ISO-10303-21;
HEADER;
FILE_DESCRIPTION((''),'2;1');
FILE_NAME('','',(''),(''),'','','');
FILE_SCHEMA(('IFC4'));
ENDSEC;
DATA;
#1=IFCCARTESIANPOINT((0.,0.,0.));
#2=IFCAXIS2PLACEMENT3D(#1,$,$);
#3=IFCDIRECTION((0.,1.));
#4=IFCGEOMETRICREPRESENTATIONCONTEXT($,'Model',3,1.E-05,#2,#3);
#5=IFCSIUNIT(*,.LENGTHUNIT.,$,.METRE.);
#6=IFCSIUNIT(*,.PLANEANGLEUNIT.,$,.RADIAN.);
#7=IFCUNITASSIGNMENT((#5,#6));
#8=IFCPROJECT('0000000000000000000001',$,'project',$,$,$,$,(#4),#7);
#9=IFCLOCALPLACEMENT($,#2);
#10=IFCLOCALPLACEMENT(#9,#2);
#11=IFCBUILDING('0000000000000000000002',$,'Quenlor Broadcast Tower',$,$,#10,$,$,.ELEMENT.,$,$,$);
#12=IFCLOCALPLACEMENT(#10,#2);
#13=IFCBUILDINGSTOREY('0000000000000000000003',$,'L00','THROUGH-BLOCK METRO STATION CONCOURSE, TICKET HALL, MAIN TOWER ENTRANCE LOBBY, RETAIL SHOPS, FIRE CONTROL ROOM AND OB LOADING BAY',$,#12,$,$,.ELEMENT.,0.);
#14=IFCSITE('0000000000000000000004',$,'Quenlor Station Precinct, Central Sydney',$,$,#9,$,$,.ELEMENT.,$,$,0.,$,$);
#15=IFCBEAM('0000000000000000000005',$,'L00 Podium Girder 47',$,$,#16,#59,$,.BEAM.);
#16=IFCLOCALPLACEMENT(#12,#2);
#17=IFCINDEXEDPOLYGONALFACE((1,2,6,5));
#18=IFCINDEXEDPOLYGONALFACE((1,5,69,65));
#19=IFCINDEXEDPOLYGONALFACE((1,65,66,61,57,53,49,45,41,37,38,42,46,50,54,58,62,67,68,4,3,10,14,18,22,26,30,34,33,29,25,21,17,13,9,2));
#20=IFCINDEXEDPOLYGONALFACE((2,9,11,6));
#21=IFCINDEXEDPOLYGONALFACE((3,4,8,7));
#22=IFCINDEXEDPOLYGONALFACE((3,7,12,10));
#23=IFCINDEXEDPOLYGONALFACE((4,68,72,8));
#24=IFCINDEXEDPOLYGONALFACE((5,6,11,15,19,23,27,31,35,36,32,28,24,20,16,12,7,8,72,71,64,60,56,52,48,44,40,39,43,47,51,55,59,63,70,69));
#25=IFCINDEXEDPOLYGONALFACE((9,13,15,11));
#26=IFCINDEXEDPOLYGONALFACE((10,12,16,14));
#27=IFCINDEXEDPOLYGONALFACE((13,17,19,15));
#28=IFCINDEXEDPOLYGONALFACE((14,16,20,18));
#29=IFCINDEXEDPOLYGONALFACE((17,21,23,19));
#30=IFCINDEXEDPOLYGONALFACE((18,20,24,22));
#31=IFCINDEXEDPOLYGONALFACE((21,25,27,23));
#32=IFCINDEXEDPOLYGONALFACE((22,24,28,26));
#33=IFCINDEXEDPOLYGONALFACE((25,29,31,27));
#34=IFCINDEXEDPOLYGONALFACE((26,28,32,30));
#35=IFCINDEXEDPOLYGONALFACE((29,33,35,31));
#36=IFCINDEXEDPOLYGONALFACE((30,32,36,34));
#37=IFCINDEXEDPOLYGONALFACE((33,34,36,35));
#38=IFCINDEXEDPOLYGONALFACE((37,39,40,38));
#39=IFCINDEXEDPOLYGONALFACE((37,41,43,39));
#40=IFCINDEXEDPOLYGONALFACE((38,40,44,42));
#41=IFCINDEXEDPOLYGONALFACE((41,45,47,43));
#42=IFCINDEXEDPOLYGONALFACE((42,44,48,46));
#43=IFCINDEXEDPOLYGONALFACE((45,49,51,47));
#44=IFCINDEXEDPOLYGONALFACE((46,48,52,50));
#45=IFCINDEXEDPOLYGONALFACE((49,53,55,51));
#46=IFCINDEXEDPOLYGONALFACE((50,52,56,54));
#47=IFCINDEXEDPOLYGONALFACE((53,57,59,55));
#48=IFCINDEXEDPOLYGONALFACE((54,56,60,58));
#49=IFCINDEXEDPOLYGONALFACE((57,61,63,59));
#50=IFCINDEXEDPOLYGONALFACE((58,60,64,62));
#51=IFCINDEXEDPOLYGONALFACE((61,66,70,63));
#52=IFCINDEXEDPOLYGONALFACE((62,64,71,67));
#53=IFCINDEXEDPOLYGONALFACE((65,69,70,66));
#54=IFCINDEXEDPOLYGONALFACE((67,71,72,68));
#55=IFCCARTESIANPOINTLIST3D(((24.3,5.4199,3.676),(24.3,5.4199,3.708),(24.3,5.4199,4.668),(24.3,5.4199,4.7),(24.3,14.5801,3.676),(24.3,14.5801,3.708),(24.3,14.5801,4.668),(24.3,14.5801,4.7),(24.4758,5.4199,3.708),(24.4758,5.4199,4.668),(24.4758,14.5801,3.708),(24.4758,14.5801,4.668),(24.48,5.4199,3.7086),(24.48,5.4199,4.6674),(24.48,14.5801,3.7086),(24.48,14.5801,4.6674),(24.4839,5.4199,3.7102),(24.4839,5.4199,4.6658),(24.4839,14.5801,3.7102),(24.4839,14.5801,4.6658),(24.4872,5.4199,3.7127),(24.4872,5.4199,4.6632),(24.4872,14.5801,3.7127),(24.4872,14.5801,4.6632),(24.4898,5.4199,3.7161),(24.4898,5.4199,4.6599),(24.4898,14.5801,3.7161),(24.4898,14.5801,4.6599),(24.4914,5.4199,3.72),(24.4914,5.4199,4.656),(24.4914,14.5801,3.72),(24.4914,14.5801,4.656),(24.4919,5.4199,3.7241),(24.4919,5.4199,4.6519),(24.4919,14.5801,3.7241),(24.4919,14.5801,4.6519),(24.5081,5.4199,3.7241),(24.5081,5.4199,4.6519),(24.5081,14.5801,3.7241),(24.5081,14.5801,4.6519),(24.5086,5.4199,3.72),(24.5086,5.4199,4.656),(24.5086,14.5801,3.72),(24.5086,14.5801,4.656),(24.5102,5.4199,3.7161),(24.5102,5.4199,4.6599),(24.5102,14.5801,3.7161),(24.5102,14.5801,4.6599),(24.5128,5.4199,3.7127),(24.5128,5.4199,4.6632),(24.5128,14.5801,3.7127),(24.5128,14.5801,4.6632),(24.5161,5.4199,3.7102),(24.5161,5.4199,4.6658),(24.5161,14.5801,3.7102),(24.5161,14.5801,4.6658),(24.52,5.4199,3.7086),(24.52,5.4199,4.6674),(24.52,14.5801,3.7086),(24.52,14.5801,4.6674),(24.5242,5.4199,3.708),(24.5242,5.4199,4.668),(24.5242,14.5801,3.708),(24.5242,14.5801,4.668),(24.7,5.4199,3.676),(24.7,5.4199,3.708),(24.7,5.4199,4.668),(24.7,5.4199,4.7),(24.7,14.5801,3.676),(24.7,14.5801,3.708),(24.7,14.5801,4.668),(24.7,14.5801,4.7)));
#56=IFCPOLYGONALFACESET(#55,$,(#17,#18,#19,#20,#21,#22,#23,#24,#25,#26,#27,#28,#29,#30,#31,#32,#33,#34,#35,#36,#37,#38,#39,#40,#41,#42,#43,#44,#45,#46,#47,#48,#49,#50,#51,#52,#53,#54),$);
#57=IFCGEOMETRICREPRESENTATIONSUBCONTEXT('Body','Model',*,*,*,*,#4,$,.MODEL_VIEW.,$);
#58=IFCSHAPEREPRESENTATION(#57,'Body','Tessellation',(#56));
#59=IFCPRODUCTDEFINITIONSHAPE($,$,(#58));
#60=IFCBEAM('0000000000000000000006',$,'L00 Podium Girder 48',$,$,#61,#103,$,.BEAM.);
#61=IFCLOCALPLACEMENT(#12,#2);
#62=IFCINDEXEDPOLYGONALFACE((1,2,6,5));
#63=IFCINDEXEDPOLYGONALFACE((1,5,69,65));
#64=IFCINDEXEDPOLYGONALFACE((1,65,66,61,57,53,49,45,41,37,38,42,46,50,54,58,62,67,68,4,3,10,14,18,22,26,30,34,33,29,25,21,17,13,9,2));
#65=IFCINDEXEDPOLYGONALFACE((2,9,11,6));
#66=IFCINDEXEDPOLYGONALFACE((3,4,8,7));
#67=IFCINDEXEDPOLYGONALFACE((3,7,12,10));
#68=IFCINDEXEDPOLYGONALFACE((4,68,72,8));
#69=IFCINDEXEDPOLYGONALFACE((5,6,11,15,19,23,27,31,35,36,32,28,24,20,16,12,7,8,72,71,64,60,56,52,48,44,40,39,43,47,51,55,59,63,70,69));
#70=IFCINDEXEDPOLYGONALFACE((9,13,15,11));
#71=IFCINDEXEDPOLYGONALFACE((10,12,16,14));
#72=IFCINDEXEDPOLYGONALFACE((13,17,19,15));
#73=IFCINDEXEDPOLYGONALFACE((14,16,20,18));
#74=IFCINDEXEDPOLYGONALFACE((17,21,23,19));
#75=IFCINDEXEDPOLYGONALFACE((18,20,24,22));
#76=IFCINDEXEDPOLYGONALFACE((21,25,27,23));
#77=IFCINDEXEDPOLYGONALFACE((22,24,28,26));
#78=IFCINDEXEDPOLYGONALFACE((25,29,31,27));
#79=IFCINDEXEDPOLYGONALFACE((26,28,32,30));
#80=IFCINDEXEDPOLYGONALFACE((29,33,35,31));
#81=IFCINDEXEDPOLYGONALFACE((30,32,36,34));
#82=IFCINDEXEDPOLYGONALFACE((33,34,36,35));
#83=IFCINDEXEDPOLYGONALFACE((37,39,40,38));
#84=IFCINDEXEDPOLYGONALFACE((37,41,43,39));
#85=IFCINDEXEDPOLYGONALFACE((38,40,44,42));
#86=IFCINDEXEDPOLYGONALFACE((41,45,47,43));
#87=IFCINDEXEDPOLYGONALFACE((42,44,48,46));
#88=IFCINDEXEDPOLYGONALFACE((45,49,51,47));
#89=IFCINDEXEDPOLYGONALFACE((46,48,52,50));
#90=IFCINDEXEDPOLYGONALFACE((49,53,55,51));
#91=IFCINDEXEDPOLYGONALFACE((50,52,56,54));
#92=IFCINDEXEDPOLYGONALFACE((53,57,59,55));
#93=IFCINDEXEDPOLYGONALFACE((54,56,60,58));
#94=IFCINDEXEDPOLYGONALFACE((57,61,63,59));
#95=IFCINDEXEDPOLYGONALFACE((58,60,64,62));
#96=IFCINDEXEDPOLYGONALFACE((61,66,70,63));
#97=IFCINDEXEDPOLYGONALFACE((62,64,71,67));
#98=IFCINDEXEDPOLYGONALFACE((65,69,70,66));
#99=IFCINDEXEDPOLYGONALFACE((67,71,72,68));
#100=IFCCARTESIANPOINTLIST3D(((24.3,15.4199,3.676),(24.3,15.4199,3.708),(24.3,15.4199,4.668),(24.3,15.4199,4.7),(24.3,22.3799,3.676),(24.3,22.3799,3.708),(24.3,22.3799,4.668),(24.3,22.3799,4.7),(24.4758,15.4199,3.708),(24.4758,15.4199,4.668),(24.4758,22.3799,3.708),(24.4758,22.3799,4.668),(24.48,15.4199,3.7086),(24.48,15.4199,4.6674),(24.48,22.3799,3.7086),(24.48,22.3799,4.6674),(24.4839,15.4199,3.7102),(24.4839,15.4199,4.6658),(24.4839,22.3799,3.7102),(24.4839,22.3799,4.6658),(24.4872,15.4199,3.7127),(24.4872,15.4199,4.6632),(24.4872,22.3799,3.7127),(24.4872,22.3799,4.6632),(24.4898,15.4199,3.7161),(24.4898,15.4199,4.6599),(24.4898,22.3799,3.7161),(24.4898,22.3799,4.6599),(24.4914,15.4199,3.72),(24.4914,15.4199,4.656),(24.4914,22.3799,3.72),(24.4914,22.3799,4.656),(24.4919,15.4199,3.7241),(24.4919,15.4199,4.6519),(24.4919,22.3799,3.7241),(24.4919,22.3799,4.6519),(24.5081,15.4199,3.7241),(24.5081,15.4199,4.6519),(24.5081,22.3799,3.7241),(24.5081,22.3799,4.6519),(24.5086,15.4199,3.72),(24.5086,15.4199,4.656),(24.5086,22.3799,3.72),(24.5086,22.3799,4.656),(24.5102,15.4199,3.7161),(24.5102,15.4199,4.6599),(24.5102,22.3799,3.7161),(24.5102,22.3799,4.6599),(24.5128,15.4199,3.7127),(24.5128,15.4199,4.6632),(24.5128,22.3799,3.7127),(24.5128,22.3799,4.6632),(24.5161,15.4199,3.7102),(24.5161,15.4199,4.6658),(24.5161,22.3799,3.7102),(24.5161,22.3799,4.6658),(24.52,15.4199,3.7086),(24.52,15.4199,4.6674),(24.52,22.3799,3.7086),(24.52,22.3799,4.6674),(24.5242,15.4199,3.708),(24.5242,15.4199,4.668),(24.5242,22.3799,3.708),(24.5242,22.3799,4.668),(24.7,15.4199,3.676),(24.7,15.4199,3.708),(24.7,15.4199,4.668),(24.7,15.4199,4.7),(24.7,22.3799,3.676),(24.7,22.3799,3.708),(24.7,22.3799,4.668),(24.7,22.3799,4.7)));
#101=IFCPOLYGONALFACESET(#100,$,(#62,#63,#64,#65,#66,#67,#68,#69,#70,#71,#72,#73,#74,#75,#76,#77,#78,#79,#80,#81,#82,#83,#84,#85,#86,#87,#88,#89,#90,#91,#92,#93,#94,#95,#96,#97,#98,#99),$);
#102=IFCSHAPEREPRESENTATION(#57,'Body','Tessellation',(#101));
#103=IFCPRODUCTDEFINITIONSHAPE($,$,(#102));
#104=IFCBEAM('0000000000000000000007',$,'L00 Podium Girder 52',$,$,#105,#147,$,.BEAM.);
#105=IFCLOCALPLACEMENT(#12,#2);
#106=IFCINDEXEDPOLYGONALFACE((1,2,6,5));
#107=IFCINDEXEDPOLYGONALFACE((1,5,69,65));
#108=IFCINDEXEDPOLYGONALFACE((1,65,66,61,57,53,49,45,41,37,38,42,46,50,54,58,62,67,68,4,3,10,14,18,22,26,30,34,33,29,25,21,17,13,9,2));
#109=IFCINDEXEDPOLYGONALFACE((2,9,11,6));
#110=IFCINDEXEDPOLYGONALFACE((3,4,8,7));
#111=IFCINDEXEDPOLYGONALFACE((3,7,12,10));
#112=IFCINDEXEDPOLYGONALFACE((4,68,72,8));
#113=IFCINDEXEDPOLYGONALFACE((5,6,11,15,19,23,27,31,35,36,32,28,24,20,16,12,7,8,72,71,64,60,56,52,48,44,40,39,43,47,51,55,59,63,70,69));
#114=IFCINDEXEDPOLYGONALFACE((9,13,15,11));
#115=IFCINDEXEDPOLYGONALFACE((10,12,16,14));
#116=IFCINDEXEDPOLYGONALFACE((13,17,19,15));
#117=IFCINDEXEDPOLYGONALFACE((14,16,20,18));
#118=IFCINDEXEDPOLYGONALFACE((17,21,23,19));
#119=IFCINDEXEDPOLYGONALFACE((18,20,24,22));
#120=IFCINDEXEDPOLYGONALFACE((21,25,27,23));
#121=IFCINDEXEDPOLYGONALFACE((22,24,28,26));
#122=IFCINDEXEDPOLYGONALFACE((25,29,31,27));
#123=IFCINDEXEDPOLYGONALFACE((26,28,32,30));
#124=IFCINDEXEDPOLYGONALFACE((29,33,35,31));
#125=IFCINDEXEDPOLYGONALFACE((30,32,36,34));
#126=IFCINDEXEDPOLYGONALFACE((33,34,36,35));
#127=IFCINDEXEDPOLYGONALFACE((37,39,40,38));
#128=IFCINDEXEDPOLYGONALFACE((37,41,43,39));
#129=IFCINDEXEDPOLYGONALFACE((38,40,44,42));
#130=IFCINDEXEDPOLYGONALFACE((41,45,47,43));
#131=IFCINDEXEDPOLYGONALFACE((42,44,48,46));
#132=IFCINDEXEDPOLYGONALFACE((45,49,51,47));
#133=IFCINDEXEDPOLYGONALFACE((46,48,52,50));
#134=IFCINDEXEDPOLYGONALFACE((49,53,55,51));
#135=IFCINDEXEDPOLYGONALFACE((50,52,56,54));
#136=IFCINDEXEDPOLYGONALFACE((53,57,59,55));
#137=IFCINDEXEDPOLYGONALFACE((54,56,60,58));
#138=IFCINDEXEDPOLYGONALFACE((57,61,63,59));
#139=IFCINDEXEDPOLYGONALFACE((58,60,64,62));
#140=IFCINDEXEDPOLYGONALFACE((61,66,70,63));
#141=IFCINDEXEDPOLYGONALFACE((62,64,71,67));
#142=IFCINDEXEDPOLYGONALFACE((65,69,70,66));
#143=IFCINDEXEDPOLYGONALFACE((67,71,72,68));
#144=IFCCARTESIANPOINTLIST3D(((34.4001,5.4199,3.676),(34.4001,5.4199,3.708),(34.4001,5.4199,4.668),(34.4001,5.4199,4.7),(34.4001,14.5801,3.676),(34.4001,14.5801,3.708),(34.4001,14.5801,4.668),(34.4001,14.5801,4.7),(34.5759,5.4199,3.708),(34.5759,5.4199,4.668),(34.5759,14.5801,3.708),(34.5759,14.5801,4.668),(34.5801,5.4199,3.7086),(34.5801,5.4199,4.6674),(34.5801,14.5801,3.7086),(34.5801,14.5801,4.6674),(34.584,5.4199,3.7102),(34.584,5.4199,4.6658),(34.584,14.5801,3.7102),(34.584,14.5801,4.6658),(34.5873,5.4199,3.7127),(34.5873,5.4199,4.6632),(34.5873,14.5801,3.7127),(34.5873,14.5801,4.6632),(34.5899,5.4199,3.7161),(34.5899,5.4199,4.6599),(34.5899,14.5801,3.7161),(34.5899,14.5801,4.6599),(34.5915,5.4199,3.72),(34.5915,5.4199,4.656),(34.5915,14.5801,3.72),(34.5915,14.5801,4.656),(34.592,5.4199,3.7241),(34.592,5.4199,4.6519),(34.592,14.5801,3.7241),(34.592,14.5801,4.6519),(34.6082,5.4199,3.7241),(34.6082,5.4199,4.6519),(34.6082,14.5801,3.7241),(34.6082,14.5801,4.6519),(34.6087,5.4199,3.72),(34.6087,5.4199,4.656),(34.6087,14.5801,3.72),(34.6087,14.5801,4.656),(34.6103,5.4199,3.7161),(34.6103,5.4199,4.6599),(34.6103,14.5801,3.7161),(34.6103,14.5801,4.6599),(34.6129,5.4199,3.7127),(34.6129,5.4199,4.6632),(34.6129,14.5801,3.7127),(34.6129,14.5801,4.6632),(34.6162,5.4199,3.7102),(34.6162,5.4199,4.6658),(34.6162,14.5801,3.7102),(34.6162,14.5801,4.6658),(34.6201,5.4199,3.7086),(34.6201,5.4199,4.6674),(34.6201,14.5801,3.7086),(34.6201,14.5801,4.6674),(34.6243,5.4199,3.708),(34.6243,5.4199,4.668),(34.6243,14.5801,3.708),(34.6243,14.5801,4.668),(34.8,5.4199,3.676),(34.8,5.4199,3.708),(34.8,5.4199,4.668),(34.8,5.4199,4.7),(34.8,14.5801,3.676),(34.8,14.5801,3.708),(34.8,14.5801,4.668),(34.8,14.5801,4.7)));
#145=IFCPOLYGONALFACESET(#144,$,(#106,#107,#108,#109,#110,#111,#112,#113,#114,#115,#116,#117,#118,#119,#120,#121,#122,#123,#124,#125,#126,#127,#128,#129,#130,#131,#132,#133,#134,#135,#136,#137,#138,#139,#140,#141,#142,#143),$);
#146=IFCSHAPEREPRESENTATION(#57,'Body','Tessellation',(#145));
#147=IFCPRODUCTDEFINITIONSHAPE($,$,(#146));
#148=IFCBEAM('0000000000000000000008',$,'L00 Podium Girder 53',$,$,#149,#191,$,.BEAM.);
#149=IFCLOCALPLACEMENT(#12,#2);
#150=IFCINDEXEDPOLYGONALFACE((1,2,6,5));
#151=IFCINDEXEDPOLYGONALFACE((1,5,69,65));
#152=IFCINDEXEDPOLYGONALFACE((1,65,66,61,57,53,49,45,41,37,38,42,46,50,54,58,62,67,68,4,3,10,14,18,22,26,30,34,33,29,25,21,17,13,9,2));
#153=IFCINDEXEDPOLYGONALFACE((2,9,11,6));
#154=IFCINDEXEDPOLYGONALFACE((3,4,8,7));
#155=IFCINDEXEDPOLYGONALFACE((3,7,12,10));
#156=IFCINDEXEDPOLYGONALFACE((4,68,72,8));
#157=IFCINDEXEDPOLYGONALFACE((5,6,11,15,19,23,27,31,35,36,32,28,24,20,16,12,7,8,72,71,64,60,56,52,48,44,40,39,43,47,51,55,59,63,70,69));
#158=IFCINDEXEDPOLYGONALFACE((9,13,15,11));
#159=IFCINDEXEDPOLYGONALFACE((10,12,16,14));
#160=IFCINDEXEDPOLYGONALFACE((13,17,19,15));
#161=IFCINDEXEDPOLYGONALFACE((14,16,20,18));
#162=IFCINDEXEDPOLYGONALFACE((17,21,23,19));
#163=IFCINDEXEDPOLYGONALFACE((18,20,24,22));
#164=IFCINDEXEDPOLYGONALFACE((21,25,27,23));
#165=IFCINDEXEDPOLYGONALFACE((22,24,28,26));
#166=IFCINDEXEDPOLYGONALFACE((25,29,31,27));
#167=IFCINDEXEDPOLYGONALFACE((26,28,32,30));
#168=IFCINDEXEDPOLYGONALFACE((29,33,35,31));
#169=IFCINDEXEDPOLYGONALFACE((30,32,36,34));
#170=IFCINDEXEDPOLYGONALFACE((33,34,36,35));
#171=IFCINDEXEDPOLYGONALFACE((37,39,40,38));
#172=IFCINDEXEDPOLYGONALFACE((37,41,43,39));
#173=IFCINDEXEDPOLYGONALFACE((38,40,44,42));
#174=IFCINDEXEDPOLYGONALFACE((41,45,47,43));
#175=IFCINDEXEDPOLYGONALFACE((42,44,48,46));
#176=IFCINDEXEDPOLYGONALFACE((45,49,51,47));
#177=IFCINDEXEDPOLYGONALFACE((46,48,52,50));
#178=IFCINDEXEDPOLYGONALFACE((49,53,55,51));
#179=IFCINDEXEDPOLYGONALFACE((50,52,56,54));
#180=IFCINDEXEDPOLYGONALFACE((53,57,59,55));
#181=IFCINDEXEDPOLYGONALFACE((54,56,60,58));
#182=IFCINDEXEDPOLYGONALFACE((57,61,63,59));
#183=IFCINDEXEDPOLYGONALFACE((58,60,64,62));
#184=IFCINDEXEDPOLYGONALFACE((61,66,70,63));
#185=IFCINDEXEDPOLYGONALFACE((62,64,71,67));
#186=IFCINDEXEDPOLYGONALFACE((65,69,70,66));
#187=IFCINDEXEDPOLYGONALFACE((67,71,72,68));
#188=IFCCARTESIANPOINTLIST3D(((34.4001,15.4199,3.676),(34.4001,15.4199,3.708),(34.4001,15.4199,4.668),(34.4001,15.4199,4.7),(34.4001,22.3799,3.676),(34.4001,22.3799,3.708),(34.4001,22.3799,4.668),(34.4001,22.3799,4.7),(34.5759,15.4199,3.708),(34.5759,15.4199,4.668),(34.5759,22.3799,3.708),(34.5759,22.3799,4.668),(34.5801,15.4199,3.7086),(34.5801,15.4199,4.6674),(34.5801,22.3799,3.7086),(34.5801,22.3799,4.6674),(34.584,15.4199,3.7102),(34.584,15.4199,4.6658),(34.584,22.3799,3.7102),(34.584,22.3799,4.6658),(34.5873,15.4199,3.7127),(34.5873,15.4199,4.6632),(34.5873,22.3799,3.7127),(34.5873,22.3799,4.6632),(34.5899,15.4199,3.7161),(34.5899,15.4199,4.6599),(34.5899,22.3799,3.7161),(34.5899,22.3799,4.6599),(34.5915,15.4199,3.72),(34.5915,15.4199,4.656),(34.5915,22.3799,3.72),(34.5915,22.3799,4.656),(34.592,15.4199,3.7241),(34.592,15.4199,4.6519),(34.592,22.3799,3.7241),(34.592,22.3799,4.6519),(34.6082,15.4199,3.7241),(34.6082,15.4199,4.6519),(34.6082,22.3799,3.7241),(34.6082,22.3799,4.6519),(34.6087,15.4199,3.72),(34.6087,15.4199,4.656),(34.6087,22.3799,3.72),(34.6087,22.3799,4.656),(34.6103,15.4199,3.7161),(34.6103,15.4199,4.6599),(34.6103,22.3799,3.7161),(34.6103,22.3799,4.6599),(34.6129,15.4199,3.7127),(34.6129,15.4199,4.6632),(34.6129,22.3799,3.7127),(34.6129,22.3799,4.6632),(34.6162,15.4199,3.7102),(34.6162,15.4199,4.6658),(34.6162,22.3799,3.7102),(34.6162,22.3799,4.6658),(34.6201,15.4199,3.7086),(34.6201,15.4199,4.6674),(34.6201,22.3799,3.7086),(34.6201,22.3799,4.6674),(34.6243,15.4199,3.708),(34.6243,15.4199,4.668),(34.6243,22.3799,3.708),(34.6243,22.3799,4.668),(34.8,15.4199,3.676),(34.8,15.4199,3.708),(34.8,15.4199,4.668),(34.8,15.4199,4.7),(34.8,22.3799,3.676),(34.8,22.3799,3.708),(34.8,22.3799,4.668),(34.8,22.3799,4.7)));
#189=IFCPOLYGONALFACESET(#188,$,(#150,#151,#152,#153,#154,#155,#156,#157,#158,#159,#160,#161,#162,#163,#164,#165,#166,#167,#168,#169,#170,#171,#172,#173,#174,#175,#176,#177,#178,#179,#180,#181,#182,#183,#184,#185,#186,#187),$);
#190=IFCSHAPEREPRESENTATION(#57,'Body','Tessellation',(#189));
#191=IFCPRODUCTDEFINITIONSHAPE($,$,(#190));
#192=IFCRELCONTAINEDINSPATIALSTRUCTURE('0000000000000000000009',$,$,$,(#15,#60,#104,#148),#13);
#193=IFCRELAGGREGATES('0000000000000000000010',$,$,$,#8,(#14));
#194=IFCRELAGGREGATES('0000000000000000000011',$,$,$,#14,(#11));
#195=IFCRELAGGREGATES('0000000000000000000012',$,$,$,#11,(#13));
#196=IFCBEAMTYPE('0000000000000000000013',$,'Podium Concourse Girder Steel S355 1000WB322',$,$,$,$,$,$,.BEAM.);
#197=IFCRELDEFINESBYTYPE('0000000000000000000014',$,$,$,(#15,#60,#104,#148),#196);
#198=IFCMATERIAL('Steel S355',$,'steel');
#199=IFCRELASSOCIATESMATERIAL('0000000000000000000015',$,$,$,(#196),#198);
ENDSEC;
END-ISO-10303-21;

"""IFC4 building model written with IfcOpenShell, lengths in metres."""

from ifc_helpers import new_model, si_unit, direction, frame, origin, origin_2d, place, context, subcontext, project, spatial, i_section, extrude, material, material_profile, profile_set, type_object, element, save


model = new_model("IFC4")

# Units and contexts
model_context = context("Model", 3, precision=1e-05, world=origin(), true_north=direction((0.0, 1.0)))
body_context = subcontext(model_context, "Body", "Model", "MODEL_VIEW")
ifc_project = project(units=[si_unit("LENGTHUNIT", "METRE"), si_unit("PLANEANGLEUNIT", "RADIAN")], contexts=[model_context])

# Site, building, storey
site_placement = place(None, origin())
site = spatial("IfcSite", under=ifc_project, at=site_placement, Name="Quenlor Station Precinct, Central Sydney", CompositionType="ELEMENT", RefElevation=0.0)
building_placement = place(site_placement, origin())
building = spatial("IfcBuilding", under=site, at=building_placement, Name="Quenlor Broadcast Tower", CompositionType="ELEMENT")
storey_placement = place(building_placement, origin())
storey = spatial("IfcBuildingStorey", under=building, at=storey_placement, Name="L00", Description="THROUGH-BLOCK METRO STATION CONCOURSE, TICKET HALL, MAIN TOWER ENTRANCE LOBBY, RETAIL SHOPS, FIRE CONTROL ROOM AND OB LOADING BAY", CompositionType="ELEMENT", Elevation=0.0)

# Beams
ifc_material_1 = material(Name="Steel S355", Category="steel")
ifc_material_profile_1 = material_profile(ifc_material_1, i_section(OverallWidth=0.3999, OverallDepth=1.0239, WebThickness=0.0161, FlangeThickness=0.032, FilletRadius=0.0161, at=origin_2d()))
ifc_profile_set_1 = profile_set([ifc_material_profile_1], Name="Steel S355 1000WB322")
beam_type_1 = type_object("IfcBeamType", Name="Podium Concourse Girder Steel S355 1000WB322", PredefinedType="BEAM", material=ifc_profile_set_1)
beam_1_placement = place(storey_placement, frame((24.5, 5.4199, 4.188), z_axis=(0.0, 1.0, 0.0), x_axis=(-1.0, 0.0, 0.0)))
element("IfcBeam", 1, at=beam_1_placement, inside=storey, type_object=beam_type_1, Name="L00 Podium Girder 47", PredefinedType="BEAM", context=body_context, shape_type="SweptSolid", body=[
    extrude(i_section(OverallWidth=0.3999, OverallDepth=1.0239, WebThickness=0.0161, FlangeThickness=0.032, FilletRadius=0.0161, at=origin_2d()), origin(), (0.0, 0.0, 1.0), 9.1602),
])
beam_2_placement = place(storey_placement, frame((24.5, 15.4199, 4.188), z_axis=(0.0, 1.0, 0.0), x_axis=(-1.0, 0.0, 0.0)))
element("IfcBeam", 2, at=beam_2_placement, inside=storey, type_object=beam_type_1, Name="L00 Podium Girder 48", PredefinedType="BEAM", context=body_context, shape_type="SweptSolid", body=[
    extrude(i_section(OverallWidth=0.3999, OverallDepth=1.0239, WebThickness=0.0161, FlangeThickness=0.032, FilletRadius=0.0161, at=origin_2d()), origin(), (0.0, 0.0, 1.0), 6.96),
])
beam_3_placement = place(storey_placement, frame((34.6001, 5.4199, 4.188), z_axis=(0.0, 1.0, 0.0), x_axis=(-1.0, 0.0, 0.0)))
element("IfcBeam", 3, at=beam_3_placement, inside=storey, type_object=beam_type_1, Name="L00 Podium Girder 52", PredefinedType="BEAM", context=body_context, shape_type="SweptSolid", body=[
    extrude(i_section(OverallWidth=0.3999, OverallDepth=1.0239, WebThickness=0.0161, FlangeThickness=0.032, FilletRadius=0.0161, at=origin_2d()), origin(), (0.0, 0.0, 1.0), 9.1602),
])
beam_4_placement = place(storey_placement, frame((34.6001, 15.4199, 4.188), z_axis=(0.0, 1.0, 0.0), x_axis=(-1.0, 0.0, 0.0)))
element("IfcBeam", 4, at=beam_4_placement, inside=storey, type_object=beam_type_1, Name="L00 Podium Girder 53", PredefinedType="BEAM", context=body_context, shape_type="SweptSolid", body=[
    extrude(i_section(OverallWidth=0.3999, OverallDepth=1.0239, WebThickness=0.0161, FlangeThickness=0.032, FilletRadius=0.0161, at=origin_2d()), origin(), (0.0, 0.0, 1.0), 6.96),
])

save(model, "model.ifc")
